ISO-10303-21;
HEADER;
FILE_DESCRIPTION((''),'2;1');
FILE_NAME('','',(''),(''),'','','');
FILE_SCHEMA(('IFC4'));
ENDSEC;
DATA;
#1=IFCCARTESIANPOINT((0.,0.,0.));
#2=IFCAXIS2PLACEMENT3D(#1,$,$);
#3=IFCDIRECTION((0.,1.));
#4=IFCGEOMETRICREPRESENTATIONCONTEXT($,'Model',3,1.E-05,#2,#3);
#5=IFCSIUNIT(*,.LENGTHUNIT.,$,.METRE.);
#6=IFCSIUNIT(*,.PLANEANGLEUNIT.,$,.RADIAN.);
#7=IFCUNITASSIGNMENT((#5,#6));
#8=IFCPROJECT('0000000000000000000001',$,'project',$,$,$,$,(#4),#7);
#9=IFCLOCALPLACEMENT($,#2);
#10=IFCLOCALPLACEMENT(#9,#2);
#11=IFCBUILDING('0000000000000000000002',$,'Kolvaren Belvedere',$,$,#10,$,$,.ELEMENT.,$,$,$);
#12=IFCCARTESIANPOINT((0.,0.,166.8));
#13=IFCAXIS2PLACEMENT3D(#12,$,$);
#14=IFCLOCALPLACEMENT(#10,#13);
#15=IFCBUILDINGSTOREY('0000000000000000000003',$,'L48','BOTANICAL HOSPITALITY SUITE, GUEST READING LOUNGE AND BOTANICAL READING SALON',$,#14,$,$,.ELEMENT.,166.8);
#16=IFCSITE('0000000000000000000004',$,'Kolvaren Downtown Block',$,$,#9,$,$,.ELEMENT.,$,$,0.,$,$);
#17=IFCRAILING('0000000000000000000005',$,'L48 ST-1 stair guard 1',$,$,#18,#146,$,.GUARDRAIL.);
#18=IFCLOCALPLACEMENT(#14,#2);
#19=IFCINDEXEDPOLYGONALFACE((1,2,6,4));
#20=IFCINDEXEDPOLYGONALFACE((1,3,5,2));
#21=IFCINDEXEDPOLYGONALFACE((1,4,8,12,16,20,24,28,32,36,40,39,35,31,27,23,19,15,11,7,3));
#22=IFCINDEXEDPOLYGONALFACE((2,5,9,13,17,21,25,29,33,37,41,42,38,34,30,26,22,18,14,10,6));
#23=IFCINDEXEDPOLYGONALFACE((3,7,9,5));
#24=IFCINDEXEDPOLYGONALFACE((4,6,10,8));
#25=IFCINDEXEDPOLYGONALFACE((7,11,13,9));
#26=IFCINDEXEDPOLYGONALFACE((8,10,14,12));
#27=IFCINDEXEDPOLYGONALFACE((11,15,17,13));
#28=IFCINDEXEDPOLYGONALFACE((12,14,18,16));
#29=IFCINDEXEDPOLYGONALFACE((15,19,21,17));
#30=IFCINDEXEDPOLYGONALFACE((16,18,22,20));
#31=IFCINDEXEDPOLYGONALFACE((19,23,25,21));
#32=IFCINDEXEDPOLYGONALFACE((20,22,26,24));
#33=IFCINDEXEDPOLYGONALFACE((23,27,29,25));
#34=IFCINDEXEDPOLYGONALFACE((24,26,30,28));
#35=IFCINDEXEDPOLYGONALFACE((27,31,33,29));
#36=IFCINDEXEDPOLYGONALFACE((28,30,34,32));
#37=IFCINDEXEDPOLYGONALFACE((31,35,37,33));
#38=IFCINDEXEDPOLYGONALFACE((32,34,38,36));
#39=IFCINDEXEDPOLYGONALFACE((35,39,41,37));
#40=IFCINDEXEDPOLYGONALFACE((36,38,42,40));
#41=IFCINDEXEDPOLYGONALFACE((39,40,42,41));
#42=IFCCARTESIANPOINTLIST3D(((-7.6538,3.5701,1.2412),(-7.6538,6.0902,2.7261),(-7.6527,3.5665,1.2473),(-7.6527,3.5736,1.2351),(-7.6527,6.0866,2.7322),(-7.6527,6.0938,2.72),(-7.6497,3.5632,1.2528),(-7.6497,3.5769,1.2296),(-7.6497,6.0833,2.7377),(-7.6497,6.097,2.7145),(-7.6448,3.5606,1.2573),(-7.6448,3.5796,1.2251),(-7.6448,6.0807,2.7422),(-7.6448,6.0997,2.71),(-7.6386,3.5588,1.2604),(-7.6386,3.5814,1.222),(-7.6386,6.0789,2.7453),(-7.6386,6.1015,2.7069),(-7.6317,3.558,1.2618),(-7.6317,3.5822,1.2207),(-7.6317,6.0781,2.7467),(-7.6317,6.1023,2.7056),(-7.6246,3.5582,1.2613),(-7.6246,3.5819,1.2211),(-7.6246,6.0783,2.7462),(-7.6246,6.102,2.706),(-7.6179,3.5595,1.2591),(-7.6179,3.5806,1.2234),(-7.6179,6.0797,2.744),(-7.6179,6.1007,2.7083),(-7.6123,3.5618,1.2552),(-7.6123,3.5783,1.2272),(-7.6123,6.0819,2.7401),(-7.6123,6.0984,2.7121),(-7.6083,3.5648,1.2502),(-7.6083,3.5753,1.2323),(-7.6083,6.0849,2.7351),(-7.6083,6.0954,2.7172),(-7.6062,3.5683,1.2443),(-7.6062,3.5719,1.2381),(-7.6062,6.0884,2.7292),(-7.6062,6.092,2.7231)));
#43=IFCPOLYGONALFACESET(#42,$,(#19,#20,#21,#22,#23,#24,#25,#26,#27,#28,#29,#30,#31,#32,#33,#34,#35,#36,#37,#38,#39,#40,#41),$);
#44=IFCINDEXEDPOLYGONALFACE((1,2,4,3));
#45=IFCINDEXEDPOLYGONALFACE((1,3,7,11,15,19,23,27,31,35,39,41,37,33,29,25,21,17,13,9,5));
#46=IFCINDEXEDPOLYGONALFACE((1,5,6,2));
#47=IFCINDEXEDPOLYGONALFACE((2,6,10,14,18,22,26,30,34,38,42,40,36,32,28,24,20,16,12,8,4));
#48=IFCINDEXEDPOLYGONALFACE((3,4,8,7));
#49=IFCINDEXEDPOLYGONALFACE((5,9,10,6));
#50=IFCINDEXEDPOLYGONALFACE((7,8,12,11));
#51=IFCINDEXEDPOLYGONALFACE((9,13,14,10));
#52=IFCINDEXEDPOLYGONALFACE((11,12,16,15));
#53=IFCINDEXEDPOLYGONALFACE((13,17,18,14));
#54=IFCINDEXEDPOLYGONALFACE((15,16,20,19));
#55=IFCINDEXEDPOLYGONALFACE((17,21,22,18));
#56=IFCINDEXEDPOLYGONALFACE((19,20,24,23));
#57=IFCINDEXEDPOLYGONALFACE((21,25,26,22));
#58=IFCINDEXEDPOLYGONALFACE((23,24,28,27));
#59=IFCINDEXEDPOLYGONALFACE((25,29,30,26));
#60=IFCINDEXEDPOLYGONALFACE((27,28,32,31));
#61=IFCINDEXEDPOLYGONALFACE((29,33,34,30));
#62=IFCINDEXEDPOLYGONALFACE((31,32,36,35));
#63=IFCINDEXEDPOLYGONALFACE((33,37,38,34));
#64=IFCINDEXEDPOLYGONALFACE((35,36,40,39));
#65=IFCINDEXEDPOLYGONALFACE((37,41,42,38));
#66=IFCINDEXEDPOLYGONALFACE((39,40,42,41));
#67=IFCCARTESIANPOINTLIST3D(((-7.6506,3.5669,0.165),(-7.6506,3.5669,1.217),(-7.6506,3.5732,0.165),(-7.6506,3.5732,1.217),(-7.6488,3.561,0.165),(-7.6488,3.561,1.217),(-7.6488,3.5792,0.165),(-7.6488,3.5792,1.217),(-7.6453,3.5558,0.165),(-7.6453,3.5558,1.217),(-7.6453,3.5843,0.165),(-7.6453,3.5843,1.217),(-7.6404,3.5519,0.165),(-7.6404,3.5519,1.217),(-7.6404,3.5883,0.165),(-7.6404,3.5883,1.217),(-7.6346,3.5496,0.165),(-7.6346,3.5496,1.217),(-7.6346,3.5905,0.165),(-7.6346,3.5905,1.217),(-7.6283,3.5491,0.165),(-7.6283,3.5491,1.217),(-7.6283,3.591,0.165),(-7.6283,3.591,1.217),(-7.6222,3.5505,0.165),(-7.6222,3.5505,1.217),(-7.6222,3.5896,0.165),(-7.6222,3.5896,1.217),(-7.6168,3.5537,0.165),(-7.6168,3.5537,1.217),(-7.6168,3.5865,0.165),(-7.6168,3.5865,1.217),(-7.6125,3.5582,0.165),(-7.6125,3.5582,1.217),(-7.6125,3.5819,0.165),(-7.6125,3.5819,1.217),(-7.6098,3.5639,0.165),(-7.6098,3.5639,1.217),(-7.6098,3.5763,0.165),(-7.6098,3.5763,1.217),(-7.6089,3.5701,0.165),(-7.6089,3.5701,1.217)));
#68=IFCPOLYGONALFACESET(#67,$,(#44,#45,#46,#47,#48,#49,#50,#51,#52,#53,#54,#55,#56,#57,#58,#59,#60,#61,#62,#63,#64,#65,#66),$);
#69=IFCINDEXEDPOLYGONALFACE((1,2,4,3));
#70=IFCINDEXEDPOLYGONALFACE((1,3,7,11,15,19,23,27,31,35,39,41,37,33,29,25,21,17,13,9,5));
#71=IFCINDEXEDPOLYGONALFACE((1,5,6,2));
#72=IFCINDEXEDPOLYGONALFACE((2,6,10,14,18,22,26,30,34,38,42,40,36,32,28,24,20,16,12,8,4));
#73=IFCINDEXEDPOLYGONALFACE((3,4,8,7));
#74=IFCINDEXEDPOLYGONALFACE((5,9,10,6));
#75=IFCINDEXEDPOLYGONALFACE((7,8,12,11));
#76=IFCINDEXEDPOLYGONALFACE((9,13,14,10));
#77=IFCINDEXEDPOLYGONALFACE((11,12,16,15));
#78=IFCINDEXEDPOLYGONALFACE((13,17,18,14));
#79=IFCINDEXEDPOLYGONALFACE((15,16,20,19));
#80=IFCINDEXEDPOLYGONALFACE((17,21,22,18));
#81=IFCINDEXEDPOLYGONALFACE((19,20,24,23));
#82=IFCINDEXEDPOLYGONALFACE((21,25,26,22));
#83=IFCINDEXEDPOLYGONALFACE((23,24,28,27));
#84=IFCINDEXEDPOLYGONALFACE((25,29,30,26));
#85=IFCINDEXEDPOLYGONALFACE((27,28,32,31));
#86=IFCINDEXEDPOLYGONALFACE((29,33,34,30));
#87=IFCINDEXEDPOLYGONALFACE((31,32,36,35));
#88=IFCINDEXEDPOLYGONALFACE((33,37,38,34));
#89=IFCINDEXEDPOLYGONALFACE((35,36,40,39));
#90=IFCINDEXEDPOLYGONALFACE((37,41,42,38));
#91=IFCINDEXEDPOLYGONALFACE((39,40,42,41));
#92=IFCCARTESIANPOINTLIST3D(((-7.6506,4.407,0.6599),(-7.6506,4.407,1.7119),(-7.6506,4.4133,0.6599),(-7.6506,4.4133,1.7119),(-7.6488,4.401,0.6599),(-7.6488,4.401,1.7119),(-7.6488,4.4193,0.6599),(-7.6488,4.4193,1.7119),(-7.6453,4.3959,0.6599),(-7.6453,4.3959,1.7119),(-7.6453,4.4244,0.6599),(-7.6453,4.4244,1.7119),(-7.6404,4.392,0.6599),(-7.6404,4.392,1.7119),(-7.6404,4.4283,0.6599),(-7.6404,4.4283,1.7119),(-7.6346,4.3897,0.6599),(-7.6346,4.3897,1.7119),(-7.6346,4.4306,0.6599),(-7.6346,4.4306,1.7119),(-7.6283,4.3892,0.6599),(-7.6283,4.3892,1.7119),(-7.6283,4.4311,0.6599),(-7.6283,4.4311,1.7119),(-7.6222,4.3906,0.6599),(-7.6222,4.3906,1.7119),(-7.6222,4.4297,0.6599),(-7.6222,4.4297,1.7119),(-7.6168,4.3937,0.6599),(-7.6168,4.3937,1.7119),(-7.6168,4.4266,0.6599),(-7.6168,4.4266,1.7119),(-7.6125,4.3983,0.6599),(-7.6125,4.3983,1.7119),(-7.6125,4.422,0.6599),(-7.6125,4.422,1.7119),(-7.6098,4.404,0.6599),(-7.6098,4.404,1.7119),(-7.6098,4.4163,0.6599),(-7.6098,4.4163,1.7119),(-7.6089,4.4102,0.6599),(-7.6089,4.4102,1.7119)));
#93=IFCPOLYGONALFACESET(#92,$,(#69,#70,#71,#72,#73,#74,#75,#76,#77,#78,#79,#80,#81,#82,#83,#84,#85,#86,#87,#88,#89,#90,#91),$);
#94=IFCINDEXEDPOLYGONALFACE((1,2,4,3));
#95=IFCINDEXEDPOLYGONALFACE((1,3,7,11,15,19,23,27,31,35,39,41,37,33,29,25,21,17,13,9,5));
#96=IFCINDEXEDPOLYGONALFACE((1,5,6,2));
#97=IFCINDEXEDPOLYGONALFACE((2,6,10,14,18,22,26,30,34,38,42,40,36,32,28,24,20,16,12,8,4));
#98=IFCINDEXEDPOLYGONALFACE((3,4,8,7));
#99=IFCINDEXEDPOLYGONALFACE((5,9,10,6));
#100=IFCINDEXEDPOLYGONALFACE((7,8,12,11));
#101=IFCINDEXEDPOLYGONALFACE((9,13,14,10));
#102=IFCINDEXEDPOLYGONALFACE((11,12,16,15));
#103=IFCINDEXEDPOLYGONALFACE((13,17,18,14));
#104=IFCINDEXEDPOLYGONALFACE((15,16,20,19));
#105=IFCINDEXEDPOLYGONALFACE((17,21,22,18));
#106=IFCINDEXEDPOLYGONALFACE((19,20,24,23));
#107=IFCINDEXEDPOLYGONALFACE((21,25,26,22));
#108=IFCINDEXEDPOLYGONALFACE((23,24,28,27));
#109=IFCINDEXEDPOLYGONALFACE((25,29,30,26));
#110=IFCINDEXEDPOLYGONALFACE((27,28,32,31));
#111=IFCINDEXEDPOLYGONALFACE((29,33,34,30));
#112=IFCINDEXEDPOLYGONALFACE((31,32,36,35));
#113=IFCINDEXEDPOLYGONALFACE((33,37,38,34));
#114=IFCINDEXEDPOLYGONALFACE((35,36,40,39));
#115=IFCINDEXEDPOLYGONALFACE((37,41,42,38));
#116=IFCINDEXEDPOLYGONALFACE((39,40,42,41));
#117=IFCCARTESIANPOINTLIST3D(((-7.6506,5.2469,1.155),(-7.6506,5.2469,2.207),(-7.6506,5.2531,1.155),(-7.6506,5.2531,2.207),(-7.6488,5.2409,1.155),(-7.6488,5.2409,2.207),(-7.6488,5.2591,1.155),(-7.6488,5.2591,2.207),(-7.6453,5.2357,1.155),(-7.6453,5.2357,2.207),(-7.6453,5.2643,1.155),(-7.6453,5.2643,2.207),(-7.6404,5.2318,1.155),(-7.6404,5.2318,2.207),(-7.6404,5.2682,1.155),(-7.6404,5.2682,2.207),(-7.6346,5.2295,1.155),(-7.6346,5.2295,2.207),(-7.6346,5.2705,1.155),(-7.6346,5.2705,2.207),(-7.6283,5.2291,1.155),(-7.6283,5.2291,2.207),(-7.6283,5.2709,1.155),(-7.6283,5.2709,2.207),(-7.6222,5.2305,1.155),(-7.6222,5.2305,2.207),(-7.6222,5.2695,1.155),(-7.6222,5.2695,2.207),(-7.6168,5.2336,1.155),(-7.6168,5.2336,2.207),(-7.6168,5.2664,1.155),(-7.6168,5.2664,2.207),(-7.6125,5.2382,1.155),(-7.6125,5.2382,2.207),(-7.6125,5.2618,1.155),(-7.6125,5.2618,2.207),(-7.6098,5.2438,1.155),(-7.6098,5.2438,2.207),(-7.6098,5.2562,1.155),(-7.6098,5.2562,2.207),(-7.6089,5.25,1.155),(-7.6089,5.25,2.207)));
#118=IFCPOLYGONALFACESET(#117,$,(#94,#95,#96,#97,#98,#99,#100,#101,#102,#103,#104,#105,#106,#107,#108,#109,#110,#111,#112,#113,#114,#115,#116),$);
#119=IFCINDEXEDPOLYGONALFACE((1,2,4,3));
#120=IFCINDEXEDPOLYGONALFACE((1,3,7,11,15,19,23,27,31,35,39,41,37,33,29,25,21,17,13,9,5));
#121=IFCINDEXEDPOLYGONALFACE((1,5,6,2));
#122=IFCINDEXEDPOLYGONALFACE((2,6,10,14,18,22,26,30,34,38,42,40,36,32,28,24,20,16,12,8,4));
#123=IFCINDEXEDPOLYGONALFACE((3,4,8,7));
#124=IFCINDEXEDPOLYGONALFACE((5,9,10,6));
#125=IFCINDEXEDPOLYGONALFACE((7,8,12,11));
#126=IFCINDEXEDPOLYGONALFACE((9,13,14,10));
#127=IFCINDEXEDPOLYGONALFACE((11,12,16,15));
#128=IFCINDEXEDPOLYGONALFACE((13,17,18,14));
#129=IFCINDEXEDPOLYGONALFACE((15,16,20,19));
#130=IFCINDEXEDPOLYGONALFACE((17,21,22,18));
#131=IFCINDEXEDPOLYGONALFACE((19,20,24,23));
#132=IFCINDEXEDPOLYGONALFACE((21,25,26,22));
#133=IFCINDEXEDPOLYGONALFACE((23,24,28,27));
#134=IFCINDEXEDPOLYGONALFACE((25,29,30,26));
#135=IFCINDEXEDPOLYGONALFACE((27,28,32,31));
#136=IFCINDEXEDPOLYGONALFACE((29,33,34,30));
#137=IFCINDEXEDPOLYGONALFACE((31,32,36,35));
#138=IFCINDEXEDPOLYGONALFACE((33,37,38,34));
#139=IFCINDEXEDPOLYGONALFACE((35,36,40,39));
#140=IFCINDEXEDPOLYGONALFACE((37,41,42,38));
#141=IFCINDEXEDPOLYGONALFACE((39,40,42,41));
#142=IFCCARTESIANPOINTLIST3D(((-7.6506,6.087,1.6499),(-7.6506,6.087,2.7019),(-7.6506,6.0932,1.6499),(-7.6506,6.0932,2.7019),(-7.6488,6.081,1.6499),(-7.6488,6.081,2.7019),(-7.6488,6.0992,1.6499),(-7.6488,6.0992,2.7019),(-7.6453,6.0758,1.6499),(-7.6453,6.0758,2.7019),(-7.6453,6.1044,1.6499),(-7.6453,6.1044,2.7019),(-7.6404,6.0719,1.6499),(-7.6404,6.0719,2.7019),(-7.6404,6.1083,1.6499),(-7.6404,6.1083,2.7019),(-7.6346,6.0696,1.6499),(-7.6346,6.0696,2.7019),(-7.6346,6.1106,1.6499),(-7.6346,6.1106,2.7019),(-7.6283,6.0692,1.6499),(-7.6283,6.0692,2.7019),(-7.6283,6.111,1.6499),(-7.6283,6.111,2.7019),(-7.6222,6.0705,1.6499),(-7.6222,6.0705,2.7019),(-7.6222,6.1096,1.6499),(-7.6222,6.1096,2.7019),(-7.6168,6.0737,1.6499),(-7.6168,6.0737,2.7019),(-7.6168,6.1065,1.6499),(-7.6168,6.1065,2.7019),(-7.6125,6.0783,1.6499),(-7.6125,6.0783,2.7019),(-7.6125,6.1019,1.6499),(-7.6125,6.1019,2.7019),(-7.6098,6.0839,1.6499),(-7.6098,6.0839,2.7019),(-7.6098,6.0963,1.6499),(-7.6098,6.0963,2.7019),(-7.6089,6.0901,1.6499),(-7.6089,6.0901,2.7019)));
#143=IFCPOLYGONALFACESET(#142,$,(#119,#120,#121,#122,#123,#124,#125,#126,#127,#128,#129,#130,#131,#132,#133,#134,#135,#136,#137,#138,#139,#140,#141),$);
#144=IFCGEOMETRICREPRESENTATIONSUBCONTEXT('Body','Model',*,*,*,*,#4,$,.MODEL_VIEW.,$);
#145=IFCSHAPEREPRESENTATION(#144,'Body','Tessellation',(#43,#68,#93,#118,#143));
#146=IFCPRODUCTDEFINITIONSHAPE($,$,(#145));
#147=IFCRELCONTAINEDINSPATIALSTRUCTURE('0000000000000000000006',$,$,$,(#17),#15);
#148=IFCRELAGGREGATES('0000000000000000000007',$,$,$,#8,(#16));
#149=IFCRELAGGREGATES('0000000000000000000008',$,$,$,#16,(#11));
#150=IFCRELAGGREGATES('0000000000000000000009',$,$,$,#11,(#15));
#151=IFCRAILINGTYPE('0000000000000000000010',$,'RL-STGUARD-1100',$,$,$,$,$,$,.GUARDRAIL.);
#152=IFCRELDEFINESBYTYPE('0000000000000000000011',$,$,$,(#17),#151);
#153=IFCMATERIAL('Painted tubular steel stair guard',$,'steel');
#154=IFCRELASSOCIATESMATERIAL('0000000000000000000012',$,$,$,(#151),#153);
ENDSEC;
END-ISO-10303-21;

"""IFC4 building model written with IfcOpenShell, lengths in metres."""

from ifc_helpers import new_model, si_unit, direction, frame, origin, origin_2d, place, context, subcontext, project, spatial, circle, extrude, material, type_object, element, save


model = new_model("IFC4")

# Units and contexts
model_context = context("Model", 3, precision=1e-05, world=origin(), true_north=direction((0.0, 1.0)))
body_context = subcontext(model_context, "Body", "Model", "MODEL_VIEW")
ifc_project = project(units=[si_unit("LENGTHUNIT", "METRE"), si_unit("PLANEANGLEUNIT", "RADIAN")], contexts=[model_context])

# Site, building, storey
site_placement = place(None, origin())
site = spatial("IfcSite", under=ifc_project, at=site_placement, Name="Kolvaren Downtown Block", CompositionType="ELEMENT", RefElevation=0.0)
building_placement = place(site_placement, origin())
building = spatial("IfcBuilding", under=site, at=building_placement, Name="Kolvaren Belvedere", CompositionType="ELEMENT")
storey_placement = place(building_placement, frame((0.0, 0.0, 166.8)))
storey = spatial("IfcBuildingStorey", under=building, at=storey_placement, Name="L48", Description="BOTANICAL HOSPITALITY SUITE, GUEST READING LOUNGE AND BOTANICAL READING SALON", CompositionType="ELEMENT", Elevation=166.8)

# Railing
ifc_material_1 = material(Name="Painted tubular steel stair guard", Category="steel")
railing_type_1 = type_object("IfcRailingType", Name="RL-STGUARD-1100", PredefinedType="GUARDRAIL", material=ifc_material_1)
railing_1_placement = place(storey_placement, frame((-7.6299, 3.5701, 0.165)))
element("IfcRailing", 1, at=railing_1_placement, inside=storey, type_object=railing_type_1, Name="L48 ST-1 stair guard 1", PredefinedType="GUARDRAIL", context=body_context, shape_type="SweptSolid", body=[
    extrude(circle(Radius=0.0239, at=origin_2d()), frame((0.0, 0.0, 1.0762), z_axis=(0.0, 0.861561, 0.507655), x_axis=(-1.0, 0.0, 0.0)), (0.0, 0.0, 1.0), 2.925),
    extrude(circle(Radius=0.021, at=origin_2d()), origin(), (0.0, 0.0, 1.0), 1.052),
    extrude(circle(Radius=0.021, at=origin_2d()), frame((0.0, 0.8401, 0.4949)), (0.0, 0.0, 1.0), 1.052),
    extrude(circle(Radius=0.021, at=origin_2d()), frame((0.0, 1.6799, 0.99)), (0.0, 0.0, 1.0), 1.052),
    extrude(circle(Radius=0.021, at=origin_2d()), frame((0.0, 2.52, 1.4849)), (0.0, 0.0, 1.0), 1.052),
])

save(model, "model.ifc")
